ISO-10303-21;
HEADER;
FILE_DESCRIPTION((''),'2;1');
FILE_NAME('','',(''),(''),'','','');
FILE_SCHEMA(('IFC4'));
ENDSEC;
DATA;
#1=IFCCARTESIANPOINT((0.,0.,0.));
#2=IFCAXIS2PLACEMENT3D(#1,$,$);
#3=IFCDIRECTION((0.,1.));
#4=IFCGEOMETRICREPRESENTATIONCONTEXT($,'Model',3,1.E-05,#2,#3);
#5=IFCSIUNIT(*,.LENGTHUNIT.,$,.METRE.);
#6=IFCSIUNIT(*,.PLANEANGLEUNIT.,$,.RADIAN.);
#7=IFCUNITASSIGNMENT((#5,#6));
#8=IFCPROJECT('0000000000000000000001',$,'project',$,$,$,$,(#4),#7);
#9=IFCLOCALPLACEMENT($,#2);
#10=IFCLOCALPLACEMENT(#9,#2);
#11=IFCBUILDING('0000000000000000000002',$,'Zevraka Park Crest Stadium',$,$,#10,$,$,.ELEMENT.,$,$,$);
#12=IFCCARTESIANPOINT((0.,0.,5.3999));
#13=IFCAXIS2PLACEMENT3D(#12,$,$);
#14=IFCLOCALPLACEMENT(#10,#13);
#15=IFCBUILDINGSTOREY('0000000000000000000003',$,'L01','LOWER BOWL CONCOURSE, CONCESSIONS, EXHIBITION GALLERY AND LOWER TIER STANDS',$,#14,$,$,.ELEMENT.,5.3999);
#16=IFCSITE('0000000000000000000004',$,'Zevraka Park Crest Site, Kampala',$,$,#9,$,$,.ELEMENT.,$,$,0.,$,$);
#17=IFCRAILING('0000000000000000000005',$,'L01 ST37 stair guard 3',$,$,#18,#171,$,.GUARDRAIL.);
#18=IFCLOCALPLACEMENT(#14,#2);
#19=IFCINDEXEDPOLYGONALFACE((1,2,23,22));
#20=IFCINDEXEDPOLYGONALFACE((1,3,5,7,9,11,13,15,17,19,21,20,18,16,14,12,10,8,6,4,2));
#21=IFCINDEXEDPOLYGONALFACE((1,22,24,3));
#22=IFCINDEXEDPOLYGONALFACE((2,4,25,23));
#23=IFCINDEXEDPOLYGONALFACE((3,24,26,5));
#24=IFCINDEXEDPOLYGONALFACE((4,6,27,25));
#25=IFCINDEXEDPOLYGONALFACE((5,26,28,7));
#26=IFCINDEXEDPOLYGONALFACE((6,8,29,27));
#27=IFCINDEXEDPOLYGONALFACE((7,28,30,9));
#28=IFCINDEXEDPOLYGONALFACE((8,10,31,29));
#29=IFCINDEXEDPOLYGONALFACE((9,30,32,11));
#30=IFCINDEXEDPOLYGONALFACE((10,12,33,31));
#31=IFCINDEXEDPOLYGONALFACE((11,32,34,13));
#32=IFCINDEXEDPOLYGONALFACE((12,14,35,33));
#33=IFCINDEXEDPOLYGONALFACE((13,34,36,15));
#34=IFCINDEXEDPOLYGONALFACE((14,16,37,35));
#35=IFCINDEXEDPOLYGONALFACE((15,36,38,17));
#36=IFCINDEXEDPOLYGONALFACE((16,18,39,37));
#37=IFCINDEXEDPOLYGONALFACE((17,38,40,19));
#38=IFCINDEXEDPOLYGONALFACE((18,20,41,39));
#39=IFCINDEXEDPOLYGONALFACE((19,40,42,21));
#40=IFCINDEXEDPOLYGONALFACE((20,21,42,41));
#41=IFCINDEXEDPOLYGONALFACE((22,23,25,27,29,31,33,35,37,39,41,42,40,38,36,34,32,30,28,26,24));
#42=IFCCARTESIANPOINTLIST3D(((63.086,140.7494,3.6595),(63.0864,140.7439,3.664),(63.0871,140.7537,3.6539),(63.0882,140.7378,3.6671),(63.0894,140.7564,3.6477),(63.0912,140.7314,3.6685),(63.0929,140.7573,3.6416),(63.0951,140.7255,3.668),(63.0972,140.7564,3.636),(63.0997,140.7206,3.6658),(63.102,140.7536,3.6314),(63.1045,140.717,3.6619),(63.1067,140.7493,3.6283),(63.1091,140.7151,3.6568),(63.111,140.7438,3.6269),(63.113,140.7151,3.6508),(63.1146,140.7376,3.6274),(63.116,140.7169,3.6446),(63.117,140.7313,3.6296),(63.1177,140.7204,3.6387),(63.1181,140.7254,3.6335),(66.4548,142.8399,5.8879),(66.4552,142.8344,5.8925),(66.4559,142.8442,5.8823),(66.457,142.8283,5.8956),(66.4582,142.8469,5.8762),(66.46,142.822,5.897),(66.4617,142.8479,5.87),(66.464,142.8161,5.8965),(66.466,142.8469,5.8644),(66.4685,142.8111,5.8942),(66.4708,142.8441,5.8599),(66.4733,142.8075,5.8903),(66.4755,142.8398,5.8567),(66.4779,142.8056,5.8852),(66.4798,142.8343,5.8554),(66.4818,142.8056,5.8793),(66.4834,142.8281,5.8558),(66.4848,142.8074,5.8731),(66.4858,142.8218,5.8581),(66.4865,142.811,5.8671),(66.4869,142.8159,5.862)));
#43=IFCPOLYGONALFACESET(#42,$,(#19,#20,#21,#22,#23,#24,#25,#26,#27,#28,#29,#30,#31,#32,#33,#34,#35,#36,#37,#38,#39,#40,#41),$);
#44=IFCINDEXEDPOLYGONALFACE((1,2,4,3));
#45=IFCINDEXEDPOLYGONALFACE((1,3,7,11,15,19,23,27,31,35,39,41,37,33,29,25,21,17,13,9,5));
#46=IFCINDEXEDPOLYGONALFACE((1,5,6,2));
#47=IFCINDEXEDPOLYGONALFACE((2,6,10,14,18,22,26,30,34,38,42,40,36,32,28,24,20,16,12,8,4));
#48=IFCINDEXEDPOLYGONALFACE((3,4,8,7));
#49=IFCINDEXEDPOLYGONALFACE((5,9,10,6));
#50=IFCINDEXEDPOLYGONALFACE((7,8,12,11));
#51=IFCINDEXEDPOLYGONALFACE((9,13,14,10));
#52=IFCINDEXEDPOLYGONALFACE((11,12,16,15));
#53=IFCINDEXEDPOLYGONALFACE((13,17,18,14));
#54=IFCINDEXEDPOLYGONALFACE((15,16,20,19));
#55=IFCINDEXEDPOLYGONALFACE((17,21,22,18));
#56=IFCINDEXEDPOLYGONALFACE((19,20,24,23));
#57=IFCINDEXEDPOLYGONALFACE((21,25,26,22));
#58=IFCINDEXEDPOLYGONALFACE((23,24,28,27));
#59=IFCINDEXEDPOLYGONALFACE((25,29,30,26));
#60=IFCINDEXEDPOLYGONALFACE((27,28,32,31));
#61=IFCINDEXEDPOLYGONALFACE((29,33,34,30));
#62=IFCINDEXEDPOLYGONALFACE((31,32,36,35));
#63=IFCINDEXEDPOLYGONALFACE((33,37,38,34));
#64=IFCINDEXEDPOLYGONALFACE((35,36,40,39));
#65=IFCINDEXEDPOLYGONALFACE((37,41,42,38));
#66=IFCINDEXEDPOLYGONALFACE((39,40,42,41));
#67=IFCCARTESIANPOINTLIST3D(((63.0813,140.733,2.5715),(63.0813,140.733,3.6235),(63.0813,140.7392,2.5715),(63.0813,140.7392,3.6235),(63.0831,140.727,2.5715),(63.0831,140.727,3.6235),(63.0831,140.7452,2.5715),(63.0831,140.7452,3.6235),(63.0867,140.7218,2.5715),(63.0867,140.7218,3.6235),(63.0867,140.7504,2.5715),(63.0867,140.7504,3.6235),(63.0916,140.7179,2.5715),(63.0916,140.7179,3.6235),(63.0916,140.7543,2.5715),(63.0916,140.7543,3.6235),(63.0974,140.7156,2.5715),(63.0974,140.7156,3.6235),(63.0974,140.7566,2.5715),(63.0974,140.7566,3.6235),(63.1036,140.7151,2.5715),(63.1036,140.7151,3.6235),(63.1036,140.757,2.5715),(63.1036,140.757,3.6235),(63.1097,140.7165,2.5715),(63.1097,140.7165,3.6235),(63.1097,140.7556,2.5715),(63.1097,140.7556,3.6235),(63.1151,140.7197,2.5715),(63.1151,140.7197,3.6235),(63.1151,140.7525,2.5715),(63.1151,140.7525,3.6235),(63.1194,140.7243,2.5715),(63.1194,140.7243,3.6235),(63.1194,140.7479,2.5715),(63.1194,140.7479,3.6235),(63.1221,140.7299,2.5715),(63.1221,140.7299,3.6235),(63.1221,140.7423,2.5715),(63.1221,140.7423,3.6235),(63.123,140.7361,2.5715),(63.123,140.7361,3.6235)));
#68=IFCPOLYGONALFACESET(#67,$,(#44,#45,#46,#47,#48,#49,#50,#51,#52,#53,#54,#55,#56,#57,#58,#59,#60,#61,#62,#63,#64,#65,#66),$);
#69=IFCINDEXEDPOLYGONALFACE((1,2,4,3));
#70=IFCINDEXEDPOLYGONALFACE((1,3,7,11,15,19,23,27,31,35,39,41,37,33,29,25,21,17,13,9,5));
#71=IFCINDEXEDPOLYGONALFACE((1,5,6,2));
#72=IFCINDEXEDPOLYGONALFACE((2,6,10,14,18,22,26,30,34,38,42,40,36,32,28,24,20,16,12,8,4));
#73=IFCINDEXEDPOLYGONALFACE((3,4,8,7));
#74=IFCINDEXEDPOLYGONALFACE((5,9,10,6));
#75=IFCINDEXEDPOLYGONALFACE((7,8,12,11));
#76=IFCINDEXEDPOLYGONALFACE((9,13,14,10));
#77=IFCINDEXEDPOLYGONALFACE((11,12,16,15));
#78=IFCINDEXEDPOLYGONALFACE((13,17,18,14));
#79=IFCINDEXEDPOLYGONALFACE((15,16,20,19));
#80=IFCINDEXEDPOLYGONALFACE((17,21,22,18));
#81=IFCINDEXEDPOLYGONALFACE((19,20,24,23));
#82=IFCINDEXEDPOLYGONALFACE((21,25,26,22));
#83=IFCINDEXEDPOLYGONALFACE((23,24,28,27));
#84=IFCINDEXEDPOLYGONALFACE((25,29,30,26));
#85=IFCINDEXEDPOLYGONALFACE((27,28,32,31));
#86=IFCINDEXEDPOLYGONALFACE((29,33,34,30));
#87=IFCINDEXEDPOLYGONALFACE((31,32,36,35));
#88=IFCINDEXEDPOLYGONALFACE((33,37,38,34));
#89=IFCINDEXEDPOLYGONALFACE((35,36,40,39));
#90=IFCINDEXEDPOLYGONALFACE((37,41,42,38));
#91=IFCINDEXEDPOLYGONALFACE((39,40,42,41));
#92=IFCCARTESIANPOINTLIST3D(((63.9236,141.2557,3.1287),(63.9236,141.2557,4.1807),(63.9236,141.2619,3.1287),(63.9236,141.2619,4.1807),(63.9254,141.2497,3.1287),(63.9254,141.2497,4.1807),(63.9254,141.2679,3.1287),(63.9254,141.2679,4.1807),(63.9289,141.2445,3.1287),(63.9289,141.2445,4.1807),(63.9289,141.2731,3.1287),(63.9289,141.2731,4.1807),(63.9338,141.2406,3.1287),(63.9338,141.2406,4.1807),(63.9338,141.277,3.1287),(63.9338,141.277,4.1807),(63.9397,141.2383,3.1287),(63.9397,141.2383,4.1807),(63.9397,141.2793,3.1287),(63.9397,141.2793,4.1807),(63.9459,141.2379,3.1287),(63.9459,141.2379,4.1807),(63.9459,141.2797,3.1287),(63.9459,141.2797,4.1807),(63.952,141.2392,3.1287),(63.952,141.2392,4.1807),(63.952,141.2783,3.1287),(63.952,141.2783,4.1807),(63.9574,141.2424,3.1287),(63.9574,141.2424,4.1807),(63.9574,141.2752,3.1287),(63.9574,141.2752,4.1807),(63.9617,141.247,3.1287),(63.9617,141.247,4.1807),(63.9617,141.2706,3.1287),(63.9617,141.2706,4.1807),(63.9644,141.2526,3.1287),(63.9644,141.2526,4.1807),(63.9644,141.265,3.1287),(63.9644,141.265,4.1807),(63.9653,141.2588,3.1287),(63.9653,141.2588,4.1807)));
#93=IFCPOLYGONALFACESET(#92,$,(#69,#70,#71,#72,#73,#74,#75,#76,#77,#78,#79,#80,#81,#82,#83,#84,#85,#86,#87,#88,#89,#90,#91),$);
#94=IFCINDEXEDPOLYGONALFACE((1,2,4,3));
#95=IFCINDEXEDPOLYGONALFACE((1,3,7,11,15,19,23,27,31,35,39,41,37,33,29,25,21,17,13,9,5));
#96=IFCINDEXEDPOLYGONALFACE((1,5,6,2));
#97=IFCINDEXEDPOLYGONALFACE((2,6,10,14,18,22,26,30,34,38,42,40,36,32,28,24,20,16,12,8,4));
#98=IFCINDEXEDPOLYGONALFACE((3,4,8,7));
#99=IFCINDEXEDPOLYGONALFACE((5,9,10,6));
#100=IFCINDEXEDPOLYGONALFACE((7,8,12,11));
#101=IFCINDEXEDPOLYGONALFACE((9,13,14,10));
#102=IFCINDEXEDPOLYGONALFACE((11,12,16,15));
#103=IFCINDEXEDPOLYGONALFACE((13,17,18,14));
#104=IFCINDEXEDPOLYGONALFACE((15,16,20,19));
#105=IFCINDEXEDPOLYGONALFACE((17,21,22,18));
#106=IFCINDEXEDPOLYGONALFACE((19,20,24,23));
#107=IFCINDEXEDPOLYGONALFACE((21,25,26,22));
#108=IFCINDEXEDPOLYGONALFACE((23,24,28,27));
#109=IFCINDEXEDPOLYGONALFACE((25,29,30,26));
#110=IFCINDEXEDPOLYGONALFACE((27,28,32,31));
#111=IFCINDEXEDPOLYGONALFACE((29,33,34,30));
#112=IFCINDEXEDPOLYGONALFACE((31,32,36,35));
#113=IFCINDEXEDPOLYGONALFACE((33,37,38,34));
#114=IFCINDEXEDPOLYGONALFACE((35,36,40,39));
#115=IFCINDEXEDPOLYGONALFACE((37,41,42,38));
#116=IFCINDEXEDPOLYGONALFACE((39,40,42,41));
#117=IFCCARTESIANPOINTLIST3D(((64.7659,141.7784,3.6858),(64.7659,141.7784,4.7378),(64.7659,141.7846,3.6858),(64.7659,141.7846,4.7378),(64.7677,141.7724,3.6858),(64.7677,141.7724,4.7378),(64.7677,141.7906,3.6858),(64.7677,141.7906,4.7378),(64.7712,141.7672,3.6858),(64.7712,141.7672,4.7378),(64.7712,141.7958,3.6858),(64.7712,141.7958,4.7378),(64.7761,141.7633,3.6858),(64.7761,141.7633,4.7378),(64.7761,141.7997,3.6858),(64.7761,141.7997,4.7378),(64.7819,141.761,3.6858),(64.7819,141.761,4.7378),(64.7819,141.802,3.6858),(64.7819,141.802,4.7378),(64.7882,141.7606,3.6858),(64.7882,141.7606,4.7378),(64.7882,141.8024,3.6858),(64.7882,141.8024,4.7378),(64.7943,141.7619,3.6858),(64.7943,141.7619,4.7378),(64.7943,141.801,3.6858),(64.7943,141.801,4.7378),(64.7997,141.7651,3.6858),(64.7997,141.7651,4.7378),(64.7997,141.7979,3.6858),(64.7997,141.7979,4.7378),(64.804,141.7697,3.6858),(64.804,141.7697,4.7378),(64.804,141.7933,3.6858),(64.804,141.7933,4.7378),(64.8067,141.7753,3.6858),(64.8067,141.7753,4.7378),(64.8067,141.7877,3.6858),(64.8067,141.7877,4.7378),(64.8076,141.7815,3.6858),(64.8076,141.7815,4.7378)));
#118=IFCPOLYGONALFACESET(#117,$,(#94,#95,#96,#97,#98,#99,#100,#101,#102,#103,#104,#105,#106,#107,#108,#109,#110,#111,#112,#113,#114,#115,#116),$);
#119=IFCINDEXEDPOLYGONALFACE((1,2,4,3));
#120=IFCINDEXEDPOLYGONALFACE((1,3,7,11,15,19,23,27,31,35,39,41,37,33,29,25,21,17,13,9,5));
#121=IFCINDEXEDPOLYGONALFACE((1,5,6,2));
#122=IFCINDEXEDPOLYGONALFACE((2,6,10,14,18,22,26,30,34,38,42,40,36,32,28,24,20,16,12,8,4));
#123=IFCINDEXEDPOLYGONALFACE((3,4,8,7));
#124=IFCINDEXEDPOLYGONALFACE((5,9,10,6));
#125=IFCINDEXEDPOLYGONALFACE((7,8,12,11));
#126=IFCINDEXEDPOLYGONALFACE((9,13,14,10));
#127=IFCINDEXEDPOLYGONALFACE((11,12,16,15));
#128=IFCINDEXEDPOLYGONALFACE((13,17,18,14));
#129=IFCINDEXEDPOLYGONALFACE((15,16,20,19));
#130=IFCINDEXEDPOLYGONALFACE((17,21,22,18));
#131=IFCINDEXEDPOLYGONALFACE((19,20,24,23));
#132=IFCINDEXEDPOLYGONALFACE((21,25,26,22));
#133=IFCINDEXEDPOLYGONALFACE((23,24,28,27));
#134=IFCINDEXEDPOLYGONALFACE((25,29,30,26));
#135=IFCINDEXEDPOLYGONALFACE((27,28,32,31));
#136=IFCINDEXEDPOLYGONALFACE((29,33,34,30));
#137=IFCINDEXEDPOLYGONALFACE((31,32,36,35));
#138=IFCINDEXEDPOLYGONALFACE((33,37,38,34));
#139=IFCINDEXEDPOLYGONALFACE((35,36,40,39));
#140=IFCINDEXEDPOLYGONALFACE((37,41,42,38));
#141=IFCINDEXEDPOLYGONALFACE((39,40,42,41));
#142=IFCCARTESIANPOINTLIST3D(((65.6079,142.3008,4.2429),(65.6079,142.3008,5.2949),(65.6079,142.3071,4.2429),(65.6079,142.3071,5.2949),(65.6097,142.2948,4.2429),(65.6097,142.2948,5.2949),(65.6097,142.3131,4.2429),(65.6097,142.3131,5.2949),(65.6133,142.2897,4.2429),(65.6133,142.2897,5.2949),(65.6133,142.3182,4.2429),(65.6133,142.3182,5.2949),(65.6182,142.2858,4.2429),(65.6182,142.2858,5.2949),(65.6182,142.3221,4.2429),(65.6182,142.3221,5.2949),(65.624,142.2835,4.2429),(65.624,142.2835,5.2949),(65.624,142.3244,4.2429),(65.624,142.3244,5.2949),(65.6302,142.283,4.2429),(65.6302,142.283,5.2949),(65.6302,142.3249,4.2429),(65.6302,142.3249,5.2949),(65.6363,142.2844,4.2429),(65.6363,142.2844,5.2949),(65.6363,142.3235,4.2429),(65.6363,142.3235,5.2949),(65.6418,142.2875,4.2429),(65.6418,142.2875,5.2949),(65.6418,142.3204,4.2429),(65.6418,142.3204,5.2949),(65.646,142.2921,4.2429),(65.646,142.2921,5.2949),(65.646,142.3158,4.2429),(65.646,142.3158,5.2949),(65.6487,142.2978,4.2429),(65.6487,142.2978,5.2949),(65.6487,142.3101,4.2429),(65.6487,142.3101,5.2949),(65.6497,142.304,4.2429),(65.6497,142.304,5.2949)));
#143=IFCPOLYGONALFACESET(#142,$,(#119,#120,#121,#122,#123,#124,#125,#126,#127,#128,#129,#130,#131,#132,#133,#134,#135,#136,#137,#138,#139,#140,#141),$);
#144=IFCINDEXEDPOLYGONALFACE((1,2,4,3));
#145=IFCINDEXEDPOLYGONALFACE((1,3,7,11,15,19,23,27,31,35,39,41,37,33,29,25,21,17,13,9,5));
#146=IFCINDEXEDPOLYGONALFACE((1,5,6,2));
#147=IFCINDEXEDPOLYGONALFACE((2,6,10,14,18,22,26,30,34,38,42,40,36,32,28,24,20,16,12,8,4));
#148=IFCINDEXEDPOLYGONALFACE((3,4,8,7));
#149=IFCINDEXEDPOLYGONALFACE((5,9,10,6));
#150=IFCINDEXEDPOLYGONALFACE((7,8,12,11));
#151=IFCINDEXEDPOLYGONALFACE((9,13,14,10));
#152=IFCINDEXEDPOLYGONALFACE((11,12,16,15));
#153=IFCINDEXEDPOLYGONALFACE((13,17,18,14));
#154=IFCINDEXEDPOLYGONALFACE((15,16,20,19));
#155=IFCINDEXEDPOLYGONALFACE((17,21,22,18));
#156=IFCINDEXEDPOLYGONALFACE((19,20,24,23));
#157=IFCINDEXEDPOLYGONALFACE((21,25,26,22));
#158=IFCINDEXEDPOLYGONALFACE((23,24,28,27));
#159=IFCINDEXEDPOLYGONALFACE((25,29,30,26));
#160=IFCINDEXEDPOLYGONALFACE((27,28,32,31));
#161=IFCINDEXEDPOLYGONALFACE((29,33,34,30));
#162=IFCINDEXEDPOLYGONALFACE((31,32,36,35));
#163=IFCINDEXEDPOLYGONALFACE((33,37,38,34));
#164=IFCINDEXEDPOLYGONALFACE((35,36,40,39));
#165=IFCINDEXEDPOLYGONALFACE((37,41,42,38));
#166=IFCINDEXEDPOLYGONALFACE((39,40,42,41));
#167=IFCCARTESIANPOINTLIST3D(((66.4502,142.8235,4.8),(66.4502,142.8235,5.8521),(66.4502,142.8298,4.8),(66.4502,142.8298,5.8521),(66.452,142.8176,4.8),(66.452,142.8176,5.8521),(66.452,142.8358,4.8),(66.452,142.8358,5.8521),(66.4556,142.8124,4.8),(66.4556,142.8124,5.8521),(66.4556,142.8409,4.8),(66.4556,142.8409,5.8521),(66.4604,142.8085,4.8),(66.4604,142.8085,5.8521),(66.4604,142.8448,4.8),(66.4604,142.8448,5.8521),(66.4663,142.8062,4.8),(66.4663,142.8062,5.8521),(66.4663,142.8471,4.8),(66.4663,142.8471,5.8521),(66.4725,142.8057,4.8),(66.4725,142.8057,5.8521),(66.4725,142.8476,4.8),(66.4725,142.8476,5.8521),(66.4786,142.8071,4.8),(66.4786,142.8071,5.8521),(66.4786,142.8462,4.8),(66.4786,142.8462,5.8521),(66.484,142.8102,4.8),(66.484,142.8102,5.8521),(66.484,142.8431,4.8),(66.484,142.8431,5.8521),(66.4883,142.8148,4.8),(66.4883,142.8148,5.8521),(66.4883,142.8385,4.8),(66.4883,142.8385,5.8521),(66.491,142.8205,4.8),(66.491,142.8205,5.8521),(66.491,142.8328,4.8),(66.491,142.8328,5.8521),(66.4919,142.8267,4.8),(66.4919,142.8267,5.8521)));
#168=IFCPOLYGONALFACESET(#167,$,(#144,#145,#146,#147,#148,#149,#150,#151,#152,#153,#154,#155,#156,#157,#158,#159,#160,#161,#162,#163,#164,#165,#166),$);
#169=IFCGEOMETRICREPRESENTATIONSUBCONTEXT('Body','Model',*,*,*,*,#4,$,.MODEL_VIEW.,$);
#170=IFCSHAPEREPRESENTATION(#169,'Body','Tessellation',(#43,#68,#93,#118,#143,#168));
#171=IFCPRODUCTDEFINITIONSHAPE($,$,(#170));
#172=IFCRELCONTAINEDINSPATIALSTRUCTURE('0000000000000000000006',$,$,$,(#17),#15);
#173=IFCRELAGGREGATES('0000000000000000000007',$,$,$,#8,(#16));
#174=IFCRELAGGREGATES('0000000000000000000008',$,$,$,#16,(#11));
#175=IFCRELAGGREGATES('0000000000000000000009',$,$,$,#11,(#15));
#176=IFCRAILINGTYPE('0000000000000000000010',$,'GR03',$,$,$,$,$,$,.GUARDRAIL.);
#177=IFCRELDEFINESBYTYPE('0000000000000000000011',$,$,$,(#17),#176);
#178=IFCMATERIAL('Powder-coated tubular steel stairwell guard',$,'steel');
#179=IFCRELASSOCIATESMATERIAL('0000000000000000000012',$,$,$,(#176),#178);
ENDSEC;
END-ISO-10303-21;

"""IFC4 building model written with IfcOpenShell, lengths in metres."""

from ifc_helpers import new_model, si_unit, direction, frame, origin, origin_2d, place, context, subcontext, project, spatial, circle, extrude, material, type_object, element, save


model = new_model("IFC4")

# Units and contexts
model_context = context("Model", 3, precision=1e-05, world=origin(), true_north=direction((0.0, 1.0)))
body_context = subcontext(model_context, "Body", "Model", "MODEL_VIEW")
ifc_project = project(units=[si_unit("LENGTHUNIT", "METRE"), si_unit("PLANEANGLEUNIT", "RADIAN")], contexts=[model_context])

# Site, building, storey
site_placement = place(None, origin())
site = spatial("IfcSite", under=ifc_project, at=site_placement, Name="Zevraka Park Crest Site, Kampala", CompositionType="ELEMENT", RefElevation=0.0)
building_placement = place(site_placement, origin())
building = spatial("IfcBuilding", under=site, at=building_placement, Name="Zevraka Park Crest Stadium", CompositionType="ELEMENT")
storey_placement = place(building_placement, frame((0.0, 0.0, 5.3999)))
storey = spatial("IfcBuildingStorey", under=building, at=storey_placement, Name="L01", Description="LOWER BOWL CONCOURSE, CONCESSIONS, EXHIBITION GALLERY AND LOWER TIER STANDS", CompositionType="ELEMENT", Elevation=5.3999)

# Railing
ifc_material_1 = material(Name="Powder-coated tubular steel stairwell guard", Category="steel")
railing_type_1 = type_object("IfcRailingType", Name="GR03", PredefinedType="GUARDRAIL", material=ifc_material_1)
railing_1_placement = place(storey_placement, frame((63.1021, 140.7361, 2.5715)))
element("IfcRailing", 1, at=railing_1_placement, inside=storey, type_object=railing_type_1, Name="L01 ST37 stair guard 3", PredefinedType="GUARDRAIL", context=body_context, shape_type="SweptSolid", body=[
    extrude(circle(Radius=0.0239, at=origin_2d()), frame((0.0, 0.0, 1.0762), z_axis=(0.740707, 0.459648, 0.489976), x_axis=(-0.527279, 0.849692, 0.0)), (0.0, 0.0, 1.0), 4.5481),
    extrude(circle(Radius=0.021, at=origin_2d()), origin(), (0.0, 0.0, 1.0), 1.052),
    extrude(circle(Radius=0.021, at=origin_2d()), frame((0.8423, 0.5227, 0.5571)), (0.0, 0.0, 1.0), 1.052),
    extrude(circle(Radius=0.021, at=origin_2d()), frame((1.6846, 1.0454, 1.1143)), (0.0, 0.0, 1.0), 1.052),
    extrude(circle(Radius=0.021, at=origin_2d()), frame((2.5266, 1.5679, 1.6714)), (0.0, 0.0, 1.0), 1.052),
    extrude(circle(Radius=0.021, at=origin_2d()), frame((3.3689, 2.0906, 2.2285)), (0.0, 0.0, 1.0), 1.052),
])

save(model, "model.ifc")
